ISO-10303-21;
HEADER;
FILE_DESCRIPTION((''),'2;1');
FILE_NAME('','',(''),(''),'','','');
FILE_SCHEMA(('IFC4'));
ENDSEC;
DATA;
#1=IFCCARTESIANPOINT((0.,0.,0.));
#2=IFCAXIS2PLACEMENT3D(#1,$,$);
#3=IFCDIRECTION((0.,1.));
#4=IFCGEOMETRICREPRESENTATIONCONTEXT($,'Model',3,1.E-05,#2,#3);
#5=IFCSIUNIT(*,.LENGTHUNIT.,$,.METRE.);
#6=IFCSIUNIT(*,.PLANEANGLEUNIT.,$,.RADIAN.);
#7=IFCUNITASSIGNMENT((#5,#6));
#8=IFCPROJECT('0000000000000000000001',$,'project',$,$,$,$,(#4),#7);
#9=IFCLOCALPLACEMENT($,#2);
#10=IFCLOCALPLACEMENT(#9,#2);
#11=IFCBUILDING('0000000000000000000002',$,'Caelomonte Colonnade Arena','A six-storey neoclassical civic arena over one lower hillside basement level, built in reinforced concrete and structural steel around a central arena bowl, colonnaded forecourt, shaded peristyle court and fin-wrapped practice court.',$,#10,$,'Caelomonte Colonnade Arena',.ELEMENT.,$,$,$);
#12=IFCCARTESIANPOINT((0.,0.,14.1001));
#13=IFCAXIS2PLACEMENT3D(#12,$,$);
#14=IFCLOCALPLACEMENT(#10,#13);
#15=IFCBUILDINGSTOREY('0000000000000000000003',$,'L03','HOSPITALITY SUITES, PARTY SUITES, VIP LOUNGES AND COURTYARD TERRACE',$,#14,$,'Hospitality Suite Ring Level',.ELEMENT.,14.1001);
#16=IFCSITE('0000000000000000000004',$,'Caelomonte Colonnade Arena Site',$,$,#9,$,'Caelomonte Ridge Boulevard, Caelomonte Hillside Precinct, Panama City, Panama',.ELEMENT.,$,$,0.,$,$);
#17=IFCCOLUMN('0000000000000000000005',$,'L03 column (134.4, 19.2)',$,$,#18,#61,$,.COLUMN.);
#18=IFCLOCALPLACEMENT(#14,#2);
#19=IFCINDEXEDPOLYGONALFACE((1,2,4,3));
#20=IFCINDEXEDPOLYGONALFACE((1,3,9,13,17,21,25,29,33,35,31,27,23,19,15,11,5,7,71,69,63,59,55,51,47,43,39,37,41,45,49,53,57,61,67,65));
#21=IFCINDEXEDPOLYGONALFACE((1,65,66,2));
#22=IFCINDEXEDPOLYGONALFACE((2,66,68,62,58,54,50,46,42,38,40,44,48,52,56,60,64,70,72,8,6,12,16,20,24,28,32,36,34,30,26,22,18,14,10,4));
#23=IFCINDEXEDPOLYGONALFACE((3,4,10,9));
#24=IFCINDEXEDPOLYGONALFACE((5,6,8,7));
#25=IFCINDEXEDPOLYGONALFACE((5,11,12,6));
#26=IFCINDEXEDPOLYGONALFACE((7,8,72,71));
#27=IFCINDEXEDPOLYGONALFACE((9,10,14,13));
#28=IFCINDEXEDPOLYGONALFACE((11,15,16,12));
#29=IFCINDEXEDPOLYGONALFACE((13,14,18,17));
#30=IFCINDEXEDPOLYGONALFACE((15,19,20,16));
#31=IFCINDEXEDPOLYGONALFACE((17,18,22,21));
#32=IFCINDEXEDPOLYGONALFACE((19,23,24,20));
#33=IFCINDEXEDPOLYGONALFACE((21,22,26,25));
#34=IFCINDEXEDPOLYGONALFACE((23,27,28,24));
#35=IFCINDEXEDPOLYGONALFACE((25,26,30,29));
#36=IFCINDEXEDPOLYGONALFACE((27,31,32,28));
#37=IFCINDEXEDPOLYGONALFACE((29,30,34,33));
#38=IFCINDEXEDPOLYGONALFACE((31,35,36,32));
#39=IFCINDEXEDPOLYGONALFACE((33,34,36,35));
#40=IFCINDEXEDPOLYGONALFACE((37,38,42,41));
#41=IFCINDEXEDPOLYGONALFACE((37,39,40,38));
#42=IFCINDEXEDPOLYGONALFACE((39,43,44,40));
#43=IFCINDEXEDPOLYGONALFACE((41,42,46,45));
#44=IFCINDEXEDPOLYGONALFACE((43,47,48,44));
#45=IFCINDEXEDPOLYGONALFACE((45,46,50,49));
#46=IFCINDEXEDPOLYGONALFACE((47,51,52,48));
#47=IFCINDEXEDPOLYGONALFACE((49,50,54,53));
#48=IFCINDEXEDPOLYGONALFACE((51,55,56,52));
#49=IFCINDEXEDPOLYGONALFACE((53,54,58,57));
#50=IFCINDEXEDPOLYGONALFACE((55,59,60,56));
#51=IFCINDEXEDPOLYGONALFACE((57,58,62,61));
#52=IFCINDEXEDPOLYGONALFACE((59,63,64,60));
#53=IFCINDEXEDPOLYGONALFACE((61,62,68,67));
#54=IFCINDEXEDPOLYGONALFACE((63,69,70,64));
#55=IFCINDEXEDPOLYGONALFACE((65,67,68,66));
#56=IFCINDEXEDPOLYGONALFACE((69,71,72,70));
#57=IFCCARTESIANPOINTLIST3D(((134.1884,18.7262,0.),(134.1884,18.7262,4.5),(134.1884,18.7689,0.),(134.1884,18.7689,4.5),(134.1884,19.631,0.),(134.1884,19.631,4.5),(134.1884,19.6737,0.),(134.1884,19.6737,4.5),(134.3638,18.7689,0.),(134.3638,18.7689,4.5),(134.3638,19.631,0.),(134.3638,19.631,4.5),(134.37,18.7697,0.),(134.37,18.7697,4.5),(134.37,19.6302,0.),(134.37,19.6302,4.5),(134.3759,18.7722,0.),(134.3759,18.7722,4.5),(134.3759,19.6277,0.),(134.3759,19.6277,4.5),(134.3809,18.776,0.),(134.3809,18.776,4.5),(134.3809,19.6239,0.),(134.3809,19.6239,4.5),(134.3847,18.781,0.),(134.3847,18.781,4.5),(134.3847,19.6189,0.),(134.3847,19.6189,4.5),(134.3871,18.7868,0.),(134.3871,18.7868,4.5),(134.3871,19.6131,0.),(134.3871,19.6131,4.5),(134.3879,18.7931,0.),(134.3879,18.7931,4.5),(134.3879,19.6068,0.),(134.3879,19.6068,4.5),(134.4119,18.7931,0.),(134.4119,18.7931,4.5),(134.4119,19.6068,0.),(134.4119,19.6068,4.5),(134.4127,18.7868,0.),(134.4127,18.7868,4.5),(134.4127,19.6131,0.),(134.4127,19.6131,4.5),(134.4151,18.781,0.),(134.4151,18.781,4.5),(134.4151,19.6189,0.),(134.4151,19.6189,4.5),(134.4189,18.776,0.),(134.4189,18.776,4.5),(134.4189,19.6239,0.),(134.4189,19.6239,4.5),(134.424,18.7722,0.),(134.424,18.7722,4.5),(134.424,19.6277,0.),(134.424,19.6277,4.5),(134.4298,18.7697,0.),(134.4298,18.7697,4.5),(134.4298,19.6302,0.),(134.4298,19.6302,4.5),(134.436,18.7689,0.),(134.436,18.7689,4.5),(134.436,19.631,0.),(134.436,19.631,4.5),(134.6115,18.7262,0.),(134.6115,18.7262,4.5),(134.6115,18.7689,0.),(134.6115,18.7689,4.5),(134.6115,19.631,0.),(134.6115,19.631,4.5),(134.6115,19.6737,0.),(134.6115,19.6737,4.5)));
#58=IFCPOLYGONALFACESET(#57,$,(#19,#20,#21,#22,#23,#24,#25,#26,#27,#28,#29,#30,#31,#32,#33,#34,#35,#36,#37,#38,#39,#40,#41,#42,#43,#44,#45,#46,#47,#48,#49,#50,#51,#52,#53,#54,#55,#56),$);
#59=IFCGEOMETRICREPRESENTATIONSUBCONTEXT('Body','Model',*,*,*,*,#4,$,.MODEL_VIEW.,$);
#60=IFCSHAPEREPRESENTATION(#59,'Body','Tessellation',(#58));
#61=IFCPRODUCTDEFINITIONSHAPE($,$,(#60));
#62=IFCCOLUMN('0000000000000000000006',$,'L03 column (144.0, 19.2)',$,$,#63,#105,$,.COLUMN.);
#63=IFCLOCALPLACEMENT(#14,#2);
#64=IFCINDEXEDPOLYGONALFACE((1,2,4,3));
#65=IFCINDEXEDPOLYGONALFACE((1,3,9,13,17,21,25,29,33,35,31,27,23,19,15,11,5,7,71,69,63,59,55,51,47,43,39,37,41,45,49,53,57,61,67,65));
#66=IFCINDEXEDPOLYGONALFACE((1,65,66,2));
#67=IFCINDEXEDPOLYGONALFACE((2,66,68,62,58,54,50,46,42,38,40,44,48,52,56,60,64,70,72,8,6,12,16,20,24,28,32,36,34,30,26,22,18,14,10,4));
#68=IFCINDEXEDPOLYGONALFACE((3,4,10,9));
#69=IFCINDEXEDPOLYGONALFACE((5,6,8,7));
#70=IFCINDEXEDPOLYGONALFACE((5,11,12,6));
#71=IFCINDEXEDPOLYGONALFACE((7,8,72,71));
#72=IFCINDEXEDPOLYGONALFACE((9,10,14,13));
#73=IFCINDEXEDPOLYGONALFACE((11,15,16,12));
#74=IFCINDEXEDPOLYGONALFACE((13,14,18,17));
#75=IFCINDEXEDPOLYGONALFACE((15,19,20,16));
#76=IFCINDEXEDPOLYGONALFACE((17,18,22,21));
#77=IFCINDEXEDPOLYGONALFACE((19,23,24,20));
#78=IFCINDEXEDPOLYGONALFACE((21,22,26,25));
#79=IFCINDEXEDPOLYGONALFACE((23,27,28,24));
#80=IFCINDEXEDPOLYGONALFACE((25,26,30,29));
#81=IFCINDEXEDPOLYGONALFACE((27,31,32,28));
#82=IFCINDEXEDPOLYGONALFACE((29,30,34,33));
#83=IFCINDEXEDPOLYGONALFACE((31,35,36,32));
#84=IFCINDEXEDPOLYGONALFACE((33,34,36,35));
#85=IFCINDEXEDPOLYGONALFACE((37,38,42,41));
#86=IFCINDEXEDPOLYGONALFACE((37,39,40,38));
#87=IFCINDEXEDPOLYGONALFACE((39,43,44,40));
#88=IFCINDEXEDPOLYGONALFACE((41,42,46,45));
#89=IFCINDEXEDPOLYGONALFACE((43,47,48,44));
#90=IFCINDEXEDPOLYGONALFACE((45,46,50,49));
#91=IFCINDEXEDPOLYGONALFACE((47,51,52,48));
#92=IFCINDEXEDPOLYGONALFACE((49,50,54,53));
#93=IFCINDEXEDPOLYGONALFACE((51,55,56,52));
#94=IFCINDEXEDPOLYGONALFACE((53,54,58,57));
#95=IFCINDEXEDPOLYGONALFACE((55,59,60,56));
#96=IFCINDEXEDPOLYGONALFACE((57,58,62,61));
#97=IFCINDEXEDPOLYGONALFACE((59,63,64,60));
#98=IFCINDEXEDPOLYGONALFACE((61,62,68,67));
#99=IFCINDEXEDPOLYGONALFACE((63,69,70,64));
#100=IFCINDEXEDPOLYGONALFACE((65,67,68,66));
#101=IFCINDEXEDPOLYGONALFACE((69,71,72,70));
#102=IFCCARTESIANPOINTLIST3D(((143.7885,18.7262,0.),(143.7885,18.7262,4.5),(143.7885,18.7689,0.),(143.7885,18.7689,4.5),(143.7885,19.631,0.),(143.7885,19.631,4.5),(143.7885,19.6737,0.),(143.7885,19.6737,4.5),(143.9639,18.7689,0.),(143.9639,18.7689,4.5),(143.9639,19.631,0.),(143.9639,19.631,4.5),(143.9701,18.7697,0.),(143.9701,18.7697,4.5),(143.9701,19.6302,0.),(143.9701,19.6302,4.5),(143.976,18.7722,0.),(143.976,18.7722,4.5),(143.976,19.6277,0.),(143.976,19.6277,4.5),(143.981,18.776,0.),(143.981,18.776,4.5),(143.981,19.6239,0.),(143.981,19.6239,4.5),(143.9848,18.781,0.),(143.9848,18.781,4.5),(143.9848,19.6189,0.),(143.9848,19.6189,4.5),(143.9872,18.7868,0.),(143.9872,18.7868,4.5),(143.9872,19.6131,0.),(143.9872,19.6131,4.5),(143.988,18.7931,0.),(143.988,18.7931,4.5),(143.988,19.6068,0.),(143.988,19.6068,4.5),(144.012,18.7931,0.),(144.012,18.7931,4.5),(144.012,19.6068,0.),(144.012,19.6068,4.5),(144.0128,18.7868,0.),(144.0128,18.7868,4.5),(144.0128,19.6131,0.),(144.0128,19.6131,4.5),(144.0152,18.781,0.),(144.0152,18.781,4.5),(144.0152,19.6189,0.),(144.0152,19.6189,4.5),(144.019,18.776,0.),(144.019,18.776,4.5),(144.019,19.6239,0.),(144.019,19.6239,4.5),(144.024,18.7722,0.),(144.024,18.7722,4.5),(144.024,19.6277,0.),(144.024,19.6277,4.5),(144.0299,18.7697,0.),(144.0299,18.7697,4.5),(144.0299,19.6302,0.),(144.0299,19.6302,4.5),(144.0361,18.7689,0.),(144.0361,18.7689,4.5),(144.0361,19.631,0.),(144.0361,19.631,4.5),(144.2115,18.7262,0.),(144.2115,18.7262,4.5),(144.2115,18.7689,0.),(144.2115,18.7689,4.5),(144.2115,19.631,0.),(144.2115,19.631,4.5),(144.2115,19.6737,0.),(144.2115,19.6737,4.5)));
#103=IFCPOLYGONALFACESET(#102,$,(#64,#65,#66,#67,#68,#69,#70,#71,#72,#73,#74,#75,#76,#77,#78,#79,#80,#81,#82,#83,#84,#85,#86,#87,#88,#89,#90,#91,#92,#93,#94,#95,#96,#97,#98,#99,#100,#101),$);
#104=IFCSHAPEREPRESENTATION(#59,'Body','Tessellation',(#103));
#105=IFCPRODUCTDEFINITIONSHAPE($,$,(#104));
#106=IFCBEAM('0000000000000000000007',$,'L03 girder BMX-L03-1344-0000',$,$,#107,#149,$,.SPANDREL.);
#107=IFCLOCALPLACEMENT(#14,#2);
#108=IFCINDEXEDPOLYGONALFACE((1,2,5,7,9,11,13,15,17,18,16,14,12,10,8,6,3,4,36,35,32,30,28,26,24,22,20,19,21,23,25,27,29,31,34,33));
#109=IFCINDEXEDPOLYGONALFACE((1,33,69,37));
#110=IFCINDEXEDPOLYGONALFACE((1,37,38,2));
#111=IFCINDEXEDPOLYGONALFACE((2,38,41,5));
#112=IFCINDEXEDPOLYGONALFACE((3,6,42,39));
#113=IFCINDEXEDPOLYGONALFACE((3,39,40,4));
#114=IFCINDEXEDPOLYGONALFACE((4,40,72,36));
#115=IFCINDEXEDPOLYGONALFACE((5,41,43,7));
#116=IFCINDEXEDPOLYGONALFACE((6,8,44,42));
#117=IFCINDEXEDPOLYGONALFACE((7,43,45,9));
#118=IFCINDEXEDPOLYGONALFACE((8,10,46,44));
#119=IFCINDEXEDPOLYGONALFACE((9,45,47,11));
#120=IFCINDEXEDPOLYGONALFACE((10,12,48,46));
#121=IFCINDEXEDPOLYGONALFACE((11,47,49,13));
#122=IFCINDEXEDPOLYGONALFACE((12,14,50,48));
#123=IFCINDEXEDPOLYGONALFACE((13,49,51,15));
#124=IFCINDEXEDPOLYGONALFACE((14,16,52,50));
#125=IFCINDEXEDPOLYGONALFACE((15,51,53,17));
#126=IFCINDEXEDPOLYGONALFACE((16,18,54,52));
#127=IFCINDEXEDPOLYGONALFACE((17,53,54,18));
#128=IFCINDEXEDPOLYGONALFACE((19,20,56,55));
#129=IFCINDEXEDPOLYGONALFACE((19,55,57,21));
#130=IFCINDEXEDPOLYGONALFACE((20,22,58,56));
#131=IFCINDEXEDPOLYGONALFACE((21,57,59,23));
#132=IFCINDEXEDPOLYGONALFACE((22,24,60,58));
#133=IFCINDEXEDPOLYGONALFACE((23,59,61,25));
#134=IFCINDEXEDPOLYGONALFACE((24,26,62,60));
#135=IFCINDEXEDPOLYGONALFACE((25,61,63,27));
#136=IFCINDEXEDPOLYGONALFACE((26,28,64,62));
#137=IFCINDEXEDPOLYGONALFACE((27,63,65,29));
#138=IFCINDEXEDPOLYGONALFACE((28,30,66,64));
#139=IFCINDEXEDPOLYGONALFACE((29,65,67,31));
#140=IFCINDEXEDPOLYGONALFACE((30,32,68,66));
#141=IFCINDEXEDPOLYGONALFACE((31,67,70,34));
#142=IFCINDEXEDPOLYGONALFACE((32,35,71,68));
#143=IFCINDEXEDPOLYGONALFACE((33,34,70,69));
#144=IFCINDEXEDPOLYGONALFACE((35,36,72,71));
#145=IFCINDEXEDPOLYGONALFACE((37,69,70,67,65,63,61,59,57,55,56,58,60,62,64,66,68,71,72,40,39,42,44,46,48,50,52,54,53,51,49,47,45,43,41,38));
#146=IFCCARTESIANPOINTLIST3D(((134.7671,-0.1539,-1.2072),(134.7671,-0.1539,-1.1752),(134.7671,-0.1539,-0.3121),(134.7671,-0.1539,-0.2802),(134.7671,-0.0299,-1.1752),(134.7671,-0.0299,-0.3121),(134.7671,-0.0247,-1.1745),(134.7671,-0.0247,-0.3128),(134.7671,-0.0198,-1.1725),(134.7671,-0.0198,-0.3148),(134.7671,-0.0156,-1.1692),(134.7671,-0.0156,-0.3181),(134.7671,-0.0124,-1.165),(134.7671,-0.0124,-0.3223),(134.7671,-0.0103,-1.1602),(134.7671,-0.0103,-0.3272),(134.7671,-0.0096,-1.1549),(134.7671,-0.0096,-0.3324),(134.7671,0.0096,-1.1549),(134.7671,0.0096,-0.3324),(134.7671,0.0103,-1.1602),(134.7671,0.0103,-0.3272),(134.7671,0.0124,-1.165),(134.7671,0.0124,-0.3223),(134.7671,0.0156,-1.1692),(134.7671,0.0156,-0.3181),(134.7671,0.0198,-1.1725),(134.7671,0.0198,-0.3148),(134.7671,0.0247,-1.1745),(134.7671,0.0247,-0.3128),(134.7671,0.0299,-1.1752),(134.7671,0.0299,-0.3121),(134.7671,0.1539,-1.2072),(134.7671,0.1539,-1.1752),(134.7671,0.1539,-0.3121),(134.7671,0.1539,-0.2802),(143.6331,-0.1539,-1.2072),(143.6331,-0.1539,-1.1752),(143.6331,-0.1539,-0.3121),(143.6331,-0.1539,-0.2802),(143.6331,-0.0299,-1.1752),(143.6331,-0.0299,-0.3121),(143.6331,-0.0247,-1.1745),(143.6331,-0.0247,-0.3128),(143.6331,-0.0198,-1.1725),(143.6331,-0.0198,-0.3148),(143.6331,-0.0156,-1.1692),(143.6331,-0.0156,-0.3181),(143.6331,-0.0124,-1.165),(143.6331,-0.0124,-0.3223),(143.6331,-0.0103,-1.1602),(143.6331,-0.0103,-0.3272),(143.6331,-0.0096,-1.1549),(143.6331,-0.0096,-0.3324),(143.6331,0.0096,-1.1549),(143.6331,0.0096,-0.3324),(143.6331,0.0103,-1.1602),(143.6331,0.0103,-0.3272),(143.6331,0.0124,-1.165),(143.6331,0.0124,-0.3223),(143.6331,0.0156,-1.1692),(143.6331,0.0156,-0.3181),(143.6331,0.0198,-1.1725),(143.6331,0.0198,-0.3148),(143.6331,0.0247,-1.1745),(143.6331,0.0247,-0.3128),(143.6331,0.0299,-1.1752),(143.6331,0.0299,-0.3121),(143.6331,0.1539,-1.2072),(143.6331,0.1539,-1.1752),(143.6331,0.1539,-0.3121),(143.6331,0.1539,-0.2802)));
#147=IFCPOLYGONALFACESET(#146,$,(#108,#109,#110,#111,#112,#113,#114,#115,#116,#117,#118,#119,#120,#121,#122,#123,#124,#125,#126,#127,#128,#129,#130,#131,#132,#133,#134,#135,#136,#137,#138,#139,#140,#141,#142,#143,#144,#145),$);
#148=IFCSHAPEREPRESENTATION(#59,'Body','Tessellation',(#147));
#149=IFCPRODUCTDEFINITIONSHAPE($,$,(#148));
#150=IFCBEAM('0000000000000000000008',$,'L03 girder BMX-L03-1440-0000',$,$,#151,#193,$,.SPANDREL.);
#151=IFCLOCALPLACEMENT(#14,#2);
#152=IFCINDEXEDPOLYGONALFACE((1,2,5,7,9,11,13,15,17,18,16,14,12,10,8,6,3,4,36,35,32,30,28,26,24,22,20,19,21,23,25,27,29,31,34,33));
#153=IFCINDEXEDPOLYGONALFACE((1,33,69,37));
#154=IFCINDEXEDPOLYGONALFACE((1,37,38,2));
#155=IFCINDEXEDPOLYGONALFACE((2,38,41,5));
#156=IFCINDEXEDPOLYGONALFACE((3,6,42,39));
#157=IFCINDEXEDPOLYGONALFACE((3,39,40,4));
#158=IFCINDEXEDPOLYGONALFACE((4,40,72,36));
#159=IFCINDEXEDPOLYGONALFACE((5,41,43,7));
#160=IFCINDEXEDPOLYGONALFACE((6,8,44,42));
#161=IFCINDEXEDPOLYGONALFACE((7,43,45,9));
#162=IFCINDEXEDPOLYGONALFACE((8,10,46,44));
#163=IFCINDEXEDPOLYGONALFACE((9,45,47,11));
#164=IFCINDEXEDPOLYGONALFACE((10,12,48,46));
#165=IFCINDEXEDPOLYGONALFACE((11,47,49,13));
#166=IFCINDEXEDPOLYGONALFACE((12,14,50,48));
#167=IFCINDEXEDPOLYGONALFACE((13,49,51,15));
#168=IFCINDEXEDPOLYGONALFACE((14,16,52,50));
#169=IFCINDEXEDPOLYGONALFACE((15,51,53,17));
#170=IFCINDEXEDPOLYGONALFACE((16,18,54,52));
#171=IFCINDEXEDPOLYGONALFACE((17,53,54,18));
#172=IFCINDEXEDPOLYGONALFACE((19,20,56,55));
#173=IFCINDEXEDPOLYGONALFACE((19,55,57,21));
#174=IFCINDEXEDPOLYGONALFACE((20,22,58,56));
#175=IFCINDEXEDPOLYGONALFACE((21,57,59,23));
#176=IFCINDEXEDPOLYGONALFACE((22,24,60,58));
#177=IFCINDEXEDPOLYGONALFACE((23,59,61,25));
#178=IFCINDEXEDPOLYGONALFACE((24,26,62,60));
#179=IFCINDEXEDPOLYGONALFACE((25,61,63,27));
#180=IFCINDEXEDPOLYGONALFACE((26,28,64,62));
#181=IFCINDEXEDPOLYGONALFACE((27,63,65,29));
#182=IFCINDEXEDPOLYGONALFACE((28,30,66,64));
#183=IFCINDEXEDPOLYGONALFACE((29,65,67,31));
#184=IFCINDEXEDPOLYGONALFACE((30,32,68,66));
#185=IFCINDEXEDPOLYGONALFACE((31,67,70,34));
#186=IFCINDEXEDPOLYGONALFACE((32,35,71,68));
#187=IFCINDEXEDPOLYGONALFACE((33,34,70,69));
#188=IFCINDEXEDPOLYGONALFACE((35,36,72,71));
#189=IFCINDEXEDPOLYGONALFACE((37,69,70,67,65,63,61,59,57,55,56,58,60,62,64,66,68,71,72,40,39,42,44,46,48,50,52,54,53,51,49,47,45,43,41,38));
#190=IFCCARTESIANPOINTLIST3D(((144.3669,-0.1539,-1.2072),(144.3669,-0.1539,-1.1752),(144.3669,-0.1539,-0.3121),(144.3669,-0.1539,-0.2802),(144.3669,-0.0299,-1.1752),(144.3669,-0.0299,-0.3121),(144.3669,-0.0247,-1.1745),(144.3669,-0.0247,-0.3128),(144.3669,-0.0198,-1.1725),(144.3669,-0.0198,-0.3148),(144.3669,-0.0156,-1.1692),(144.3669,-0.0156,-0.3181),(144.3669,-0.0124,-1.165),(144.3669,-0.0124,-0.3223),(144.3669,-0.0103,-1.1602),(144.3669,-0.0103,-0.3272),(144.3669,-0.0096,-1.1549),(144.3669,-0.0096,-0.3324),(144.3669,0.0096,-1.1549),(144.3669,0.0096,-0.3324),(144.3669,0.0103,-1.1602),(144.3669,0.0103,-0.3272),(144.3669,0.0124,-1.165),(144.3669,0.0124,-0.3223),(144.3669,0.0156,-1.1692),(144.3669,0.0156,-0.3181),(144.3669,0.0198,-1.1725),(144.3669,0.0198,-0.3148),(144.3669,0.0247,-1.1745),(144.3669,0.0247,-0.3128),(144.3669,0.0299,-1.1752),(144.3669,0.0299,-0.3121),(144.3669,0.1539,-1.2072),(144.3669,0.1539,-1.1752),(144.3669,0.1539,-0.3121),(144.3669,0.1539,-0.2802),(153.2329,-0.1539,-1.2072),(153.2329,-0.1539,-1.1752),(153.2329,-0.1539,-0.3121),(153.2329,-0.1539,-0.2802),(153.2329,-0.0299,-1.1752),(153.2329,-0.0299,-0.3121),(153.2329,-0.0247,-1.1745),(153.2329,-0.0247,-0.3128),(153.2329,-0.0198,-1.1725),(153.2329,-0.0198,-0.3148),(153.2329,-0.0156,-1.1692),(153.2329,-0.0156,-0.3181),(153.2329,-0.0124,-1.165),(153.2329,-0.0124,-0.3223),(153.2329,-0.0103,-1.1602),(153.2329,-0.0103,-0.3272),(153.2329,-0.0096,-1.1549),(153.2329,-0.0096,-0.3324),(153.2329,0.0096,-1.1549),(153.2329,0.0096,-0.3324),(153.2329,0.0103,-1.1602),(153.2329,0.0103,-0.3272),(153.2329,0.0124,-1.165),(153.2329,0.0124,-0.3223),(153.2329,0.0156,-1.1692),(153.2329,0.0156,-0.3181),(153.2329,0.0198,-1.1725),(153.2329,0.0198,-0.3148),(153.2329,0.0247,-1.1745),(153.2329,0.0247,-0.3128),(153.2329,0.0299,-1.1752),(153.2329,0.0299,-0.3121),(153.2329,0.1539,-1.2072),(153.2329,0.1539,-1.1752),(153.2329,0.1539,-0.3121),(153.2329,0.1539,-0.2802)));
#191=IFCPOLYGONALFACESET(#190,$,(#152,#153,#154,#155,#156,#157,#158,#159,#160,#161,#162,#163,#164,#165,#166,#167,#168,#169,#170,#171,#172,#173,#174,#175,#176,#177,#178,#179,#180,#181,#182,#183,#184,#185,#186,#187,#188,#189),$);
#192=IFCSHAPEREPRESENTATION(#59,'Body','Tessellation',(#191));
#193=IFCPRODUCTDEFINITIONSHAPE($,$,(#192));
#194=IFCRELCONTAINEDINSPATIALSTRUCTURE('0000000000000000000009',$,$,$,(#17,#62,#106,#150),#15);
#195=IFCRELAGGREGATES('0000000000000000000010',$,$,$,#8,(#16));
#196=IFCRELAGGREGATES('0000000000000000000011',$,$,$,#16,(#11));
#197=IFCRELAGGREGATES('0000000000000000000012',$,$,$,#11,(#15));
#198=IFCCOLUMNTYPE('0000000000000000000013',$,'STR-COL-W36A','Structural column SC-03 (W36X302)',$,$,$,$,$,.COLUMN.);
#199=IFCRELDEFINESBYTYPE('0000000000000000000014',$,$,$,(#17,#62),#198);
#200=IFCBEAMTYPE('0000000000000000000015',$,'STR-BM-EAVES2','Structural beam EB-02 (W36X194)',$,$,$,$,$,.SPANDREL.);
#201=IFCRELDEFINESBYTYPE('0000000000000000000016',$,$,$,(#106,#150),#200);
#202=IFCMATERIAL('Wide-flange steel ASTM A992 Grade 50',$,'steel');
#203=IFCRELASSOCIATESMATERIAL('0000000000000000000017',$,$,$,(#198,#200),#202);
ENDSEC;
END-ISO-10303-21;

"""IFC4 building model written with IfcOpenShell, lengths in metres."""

from ifc_helpers import new_model, si_unit, direction, frame, origin, origin_2d, place, context, subcontext, project, spatial, i_section, extrude, material, material_profile, profile_set, type_object, element, save


model = new_model("IFC4")

# Units and contexts
model_context = context("Model", 3, precision=1e-05, world=origin(), true_north=direction((0.0, 1.0)))
body_context = subcontext(model_context, "Body", "Model", "MODEL_VIEW")
ifc_project = project(units=[si_unit("LENGTHUNIT", "METRE"), si_unit("PLANEANGLEUNIT", "RADIAN")], contexts=[model_context])

# Site, building, storey
site_placement = place(None, origin())
site = spatial("IfcSite", under=ifc_project, at=site_placement, Name="Caelomonte Colonnade Arena Site", LongName="Caelomonte Ridge Boulevard, Caelomonte Hillside Precinct, Panama City, Panama", CompositionType="ELEMENT", RefElevation=0.0)
building_placement = place(site_placement, origin())
building = spatial("IfcBuilding", under=site, at=building_placement, Name="Caelomonte Colonnade Arena", Description="A six-storey neoclassical civic arena over one lower hillside basement level, built in reinforced concrete and structural steel around a central arena bowl, colonnaded forecourt, shaded peristyle court and fin-wrapped practice court.", LongName="Caelomonte Colonnade Arena", CompositionType="ELEMENT")
storey_placement = place(building_placement, frame((0.0, 0.0, 14.1001)))
storey = spatial("IfcBuildingStorey", under=building, at=storey_placement, Name="L03", Description="HOSPITALITY SUITES, PARTY SUITES, VIP LOUNGES AND COURTYARD TERRACE", LongName="Hospitality Suite Ring Level", CompositionType="ELEMENT", Elevation=14.1001)

# Columns
ifc_material_1 = material(Name="Wide-flange steel ASTM A992 Grade 50", Category="steel")
ifc_material_profile_1 = material_profile(ifc_material_1, i_section(OverallWidth=0.4231, OverallDepth=0.9475, WebThickness=0.0239, FlangeThickness=0.0427, FilletRadius=0.0242, at=origin_2d()), Name="W36X302")
ifc_profile_set_1 = profile_set([ifc_material_profile_1], Name="Wide-flange steel ASTM A992 Grade 50")
column_type = type_object("IfcColumnType", Name="STR-COL-W36A", Description="Structural column SC-03 (W36X302)", PredefinedType="COLUMN", material=ifc_profile_set_1)
for number, where, z_axis, x_axis, name in (
    (1, (134.3999, 19.2, 0.0), (0.0, 0.0, 1.0), (1.0, 0.0, 0.0), "L03 column (134.4, 19.2)"),
    (2, (144.0, 19.2, 0.0), (0.0, 0.0, 1.0), (1.0, 0.0, 0.0), "L03 column (144.0, 19.2)"),
):
    element("IfcColumn", number, at=place(storey_placement, frame(where, z_axis=z_axis, x_axis=x_axis)), inside=storey, type_object=column_type, Name=name, PredefinedType="COLUMN", context=body_context, shape_type="SweptSolid", body=[
        extrude(i_section(OverallWidth=0.4231, OverallDepth=0.9475, WebThickness=0.0239, FlangeThickness=0.0427, FilletRadius=0.0242, at=origin_2d()), origin(), (0.0, 0.0, 1.0), 4.5),
    ])

# Beams
ifc_material_profile_2 = material_profile(ifc_material_1, i_section(OverallWidth=0.3079, OverallDepth=0.927, WebThickness=0.0193, FlangeThickness=0.032, FilletRadius=0.0203, at=origin_2d()), Name="W36X194")
ifc_profile_set_2 = profile_set([ifc_material_profile_2], Name="Wide-flange steel ASTM A992 Grade 50")
beam_type_1 = type_object("IfcBeamType", Name="STR-BM-EAVES2", Description="Structural beam EB-02 (W36X194)", PredefinedType="SPANDREL", material=ifc_profile_set_2)
for number, where, z_axis, x_axis, name in (
    (3, (134.7671, 0.0, -0.7437), (1.0, 0.0, 0.0), (0.0, 1.0, 0.0), "L03 girder BMX-L03-1344-0000"),
    (4, (144.3669, 0.0, -0.7437), (1.0, 0.0, 0.0), (0.0, 1.0, 0.0), "L03 girder BMX-L03-1440-0000"),
):
    element("IfcBeam", number, at=place(storey_placement, frame(where, z_axis=z_axis, x_axis=x_axis)), inside=storey, type_object=beam_type_1, Name=name, PredefinedType="SPANDREL", context=body_context, shape_type="SweptSolid", body=[
        extrude(i_section(OverallWidth=0.3079, OverallDepth=0.927, WebThickness=0.0193, FlangeThickness=0.032, FilletRadius=0.0203, at=origin_2d()), origin(), (0.0, 0.0, 1.0), 8.866),
    ])

save(model, "model.ifc")
